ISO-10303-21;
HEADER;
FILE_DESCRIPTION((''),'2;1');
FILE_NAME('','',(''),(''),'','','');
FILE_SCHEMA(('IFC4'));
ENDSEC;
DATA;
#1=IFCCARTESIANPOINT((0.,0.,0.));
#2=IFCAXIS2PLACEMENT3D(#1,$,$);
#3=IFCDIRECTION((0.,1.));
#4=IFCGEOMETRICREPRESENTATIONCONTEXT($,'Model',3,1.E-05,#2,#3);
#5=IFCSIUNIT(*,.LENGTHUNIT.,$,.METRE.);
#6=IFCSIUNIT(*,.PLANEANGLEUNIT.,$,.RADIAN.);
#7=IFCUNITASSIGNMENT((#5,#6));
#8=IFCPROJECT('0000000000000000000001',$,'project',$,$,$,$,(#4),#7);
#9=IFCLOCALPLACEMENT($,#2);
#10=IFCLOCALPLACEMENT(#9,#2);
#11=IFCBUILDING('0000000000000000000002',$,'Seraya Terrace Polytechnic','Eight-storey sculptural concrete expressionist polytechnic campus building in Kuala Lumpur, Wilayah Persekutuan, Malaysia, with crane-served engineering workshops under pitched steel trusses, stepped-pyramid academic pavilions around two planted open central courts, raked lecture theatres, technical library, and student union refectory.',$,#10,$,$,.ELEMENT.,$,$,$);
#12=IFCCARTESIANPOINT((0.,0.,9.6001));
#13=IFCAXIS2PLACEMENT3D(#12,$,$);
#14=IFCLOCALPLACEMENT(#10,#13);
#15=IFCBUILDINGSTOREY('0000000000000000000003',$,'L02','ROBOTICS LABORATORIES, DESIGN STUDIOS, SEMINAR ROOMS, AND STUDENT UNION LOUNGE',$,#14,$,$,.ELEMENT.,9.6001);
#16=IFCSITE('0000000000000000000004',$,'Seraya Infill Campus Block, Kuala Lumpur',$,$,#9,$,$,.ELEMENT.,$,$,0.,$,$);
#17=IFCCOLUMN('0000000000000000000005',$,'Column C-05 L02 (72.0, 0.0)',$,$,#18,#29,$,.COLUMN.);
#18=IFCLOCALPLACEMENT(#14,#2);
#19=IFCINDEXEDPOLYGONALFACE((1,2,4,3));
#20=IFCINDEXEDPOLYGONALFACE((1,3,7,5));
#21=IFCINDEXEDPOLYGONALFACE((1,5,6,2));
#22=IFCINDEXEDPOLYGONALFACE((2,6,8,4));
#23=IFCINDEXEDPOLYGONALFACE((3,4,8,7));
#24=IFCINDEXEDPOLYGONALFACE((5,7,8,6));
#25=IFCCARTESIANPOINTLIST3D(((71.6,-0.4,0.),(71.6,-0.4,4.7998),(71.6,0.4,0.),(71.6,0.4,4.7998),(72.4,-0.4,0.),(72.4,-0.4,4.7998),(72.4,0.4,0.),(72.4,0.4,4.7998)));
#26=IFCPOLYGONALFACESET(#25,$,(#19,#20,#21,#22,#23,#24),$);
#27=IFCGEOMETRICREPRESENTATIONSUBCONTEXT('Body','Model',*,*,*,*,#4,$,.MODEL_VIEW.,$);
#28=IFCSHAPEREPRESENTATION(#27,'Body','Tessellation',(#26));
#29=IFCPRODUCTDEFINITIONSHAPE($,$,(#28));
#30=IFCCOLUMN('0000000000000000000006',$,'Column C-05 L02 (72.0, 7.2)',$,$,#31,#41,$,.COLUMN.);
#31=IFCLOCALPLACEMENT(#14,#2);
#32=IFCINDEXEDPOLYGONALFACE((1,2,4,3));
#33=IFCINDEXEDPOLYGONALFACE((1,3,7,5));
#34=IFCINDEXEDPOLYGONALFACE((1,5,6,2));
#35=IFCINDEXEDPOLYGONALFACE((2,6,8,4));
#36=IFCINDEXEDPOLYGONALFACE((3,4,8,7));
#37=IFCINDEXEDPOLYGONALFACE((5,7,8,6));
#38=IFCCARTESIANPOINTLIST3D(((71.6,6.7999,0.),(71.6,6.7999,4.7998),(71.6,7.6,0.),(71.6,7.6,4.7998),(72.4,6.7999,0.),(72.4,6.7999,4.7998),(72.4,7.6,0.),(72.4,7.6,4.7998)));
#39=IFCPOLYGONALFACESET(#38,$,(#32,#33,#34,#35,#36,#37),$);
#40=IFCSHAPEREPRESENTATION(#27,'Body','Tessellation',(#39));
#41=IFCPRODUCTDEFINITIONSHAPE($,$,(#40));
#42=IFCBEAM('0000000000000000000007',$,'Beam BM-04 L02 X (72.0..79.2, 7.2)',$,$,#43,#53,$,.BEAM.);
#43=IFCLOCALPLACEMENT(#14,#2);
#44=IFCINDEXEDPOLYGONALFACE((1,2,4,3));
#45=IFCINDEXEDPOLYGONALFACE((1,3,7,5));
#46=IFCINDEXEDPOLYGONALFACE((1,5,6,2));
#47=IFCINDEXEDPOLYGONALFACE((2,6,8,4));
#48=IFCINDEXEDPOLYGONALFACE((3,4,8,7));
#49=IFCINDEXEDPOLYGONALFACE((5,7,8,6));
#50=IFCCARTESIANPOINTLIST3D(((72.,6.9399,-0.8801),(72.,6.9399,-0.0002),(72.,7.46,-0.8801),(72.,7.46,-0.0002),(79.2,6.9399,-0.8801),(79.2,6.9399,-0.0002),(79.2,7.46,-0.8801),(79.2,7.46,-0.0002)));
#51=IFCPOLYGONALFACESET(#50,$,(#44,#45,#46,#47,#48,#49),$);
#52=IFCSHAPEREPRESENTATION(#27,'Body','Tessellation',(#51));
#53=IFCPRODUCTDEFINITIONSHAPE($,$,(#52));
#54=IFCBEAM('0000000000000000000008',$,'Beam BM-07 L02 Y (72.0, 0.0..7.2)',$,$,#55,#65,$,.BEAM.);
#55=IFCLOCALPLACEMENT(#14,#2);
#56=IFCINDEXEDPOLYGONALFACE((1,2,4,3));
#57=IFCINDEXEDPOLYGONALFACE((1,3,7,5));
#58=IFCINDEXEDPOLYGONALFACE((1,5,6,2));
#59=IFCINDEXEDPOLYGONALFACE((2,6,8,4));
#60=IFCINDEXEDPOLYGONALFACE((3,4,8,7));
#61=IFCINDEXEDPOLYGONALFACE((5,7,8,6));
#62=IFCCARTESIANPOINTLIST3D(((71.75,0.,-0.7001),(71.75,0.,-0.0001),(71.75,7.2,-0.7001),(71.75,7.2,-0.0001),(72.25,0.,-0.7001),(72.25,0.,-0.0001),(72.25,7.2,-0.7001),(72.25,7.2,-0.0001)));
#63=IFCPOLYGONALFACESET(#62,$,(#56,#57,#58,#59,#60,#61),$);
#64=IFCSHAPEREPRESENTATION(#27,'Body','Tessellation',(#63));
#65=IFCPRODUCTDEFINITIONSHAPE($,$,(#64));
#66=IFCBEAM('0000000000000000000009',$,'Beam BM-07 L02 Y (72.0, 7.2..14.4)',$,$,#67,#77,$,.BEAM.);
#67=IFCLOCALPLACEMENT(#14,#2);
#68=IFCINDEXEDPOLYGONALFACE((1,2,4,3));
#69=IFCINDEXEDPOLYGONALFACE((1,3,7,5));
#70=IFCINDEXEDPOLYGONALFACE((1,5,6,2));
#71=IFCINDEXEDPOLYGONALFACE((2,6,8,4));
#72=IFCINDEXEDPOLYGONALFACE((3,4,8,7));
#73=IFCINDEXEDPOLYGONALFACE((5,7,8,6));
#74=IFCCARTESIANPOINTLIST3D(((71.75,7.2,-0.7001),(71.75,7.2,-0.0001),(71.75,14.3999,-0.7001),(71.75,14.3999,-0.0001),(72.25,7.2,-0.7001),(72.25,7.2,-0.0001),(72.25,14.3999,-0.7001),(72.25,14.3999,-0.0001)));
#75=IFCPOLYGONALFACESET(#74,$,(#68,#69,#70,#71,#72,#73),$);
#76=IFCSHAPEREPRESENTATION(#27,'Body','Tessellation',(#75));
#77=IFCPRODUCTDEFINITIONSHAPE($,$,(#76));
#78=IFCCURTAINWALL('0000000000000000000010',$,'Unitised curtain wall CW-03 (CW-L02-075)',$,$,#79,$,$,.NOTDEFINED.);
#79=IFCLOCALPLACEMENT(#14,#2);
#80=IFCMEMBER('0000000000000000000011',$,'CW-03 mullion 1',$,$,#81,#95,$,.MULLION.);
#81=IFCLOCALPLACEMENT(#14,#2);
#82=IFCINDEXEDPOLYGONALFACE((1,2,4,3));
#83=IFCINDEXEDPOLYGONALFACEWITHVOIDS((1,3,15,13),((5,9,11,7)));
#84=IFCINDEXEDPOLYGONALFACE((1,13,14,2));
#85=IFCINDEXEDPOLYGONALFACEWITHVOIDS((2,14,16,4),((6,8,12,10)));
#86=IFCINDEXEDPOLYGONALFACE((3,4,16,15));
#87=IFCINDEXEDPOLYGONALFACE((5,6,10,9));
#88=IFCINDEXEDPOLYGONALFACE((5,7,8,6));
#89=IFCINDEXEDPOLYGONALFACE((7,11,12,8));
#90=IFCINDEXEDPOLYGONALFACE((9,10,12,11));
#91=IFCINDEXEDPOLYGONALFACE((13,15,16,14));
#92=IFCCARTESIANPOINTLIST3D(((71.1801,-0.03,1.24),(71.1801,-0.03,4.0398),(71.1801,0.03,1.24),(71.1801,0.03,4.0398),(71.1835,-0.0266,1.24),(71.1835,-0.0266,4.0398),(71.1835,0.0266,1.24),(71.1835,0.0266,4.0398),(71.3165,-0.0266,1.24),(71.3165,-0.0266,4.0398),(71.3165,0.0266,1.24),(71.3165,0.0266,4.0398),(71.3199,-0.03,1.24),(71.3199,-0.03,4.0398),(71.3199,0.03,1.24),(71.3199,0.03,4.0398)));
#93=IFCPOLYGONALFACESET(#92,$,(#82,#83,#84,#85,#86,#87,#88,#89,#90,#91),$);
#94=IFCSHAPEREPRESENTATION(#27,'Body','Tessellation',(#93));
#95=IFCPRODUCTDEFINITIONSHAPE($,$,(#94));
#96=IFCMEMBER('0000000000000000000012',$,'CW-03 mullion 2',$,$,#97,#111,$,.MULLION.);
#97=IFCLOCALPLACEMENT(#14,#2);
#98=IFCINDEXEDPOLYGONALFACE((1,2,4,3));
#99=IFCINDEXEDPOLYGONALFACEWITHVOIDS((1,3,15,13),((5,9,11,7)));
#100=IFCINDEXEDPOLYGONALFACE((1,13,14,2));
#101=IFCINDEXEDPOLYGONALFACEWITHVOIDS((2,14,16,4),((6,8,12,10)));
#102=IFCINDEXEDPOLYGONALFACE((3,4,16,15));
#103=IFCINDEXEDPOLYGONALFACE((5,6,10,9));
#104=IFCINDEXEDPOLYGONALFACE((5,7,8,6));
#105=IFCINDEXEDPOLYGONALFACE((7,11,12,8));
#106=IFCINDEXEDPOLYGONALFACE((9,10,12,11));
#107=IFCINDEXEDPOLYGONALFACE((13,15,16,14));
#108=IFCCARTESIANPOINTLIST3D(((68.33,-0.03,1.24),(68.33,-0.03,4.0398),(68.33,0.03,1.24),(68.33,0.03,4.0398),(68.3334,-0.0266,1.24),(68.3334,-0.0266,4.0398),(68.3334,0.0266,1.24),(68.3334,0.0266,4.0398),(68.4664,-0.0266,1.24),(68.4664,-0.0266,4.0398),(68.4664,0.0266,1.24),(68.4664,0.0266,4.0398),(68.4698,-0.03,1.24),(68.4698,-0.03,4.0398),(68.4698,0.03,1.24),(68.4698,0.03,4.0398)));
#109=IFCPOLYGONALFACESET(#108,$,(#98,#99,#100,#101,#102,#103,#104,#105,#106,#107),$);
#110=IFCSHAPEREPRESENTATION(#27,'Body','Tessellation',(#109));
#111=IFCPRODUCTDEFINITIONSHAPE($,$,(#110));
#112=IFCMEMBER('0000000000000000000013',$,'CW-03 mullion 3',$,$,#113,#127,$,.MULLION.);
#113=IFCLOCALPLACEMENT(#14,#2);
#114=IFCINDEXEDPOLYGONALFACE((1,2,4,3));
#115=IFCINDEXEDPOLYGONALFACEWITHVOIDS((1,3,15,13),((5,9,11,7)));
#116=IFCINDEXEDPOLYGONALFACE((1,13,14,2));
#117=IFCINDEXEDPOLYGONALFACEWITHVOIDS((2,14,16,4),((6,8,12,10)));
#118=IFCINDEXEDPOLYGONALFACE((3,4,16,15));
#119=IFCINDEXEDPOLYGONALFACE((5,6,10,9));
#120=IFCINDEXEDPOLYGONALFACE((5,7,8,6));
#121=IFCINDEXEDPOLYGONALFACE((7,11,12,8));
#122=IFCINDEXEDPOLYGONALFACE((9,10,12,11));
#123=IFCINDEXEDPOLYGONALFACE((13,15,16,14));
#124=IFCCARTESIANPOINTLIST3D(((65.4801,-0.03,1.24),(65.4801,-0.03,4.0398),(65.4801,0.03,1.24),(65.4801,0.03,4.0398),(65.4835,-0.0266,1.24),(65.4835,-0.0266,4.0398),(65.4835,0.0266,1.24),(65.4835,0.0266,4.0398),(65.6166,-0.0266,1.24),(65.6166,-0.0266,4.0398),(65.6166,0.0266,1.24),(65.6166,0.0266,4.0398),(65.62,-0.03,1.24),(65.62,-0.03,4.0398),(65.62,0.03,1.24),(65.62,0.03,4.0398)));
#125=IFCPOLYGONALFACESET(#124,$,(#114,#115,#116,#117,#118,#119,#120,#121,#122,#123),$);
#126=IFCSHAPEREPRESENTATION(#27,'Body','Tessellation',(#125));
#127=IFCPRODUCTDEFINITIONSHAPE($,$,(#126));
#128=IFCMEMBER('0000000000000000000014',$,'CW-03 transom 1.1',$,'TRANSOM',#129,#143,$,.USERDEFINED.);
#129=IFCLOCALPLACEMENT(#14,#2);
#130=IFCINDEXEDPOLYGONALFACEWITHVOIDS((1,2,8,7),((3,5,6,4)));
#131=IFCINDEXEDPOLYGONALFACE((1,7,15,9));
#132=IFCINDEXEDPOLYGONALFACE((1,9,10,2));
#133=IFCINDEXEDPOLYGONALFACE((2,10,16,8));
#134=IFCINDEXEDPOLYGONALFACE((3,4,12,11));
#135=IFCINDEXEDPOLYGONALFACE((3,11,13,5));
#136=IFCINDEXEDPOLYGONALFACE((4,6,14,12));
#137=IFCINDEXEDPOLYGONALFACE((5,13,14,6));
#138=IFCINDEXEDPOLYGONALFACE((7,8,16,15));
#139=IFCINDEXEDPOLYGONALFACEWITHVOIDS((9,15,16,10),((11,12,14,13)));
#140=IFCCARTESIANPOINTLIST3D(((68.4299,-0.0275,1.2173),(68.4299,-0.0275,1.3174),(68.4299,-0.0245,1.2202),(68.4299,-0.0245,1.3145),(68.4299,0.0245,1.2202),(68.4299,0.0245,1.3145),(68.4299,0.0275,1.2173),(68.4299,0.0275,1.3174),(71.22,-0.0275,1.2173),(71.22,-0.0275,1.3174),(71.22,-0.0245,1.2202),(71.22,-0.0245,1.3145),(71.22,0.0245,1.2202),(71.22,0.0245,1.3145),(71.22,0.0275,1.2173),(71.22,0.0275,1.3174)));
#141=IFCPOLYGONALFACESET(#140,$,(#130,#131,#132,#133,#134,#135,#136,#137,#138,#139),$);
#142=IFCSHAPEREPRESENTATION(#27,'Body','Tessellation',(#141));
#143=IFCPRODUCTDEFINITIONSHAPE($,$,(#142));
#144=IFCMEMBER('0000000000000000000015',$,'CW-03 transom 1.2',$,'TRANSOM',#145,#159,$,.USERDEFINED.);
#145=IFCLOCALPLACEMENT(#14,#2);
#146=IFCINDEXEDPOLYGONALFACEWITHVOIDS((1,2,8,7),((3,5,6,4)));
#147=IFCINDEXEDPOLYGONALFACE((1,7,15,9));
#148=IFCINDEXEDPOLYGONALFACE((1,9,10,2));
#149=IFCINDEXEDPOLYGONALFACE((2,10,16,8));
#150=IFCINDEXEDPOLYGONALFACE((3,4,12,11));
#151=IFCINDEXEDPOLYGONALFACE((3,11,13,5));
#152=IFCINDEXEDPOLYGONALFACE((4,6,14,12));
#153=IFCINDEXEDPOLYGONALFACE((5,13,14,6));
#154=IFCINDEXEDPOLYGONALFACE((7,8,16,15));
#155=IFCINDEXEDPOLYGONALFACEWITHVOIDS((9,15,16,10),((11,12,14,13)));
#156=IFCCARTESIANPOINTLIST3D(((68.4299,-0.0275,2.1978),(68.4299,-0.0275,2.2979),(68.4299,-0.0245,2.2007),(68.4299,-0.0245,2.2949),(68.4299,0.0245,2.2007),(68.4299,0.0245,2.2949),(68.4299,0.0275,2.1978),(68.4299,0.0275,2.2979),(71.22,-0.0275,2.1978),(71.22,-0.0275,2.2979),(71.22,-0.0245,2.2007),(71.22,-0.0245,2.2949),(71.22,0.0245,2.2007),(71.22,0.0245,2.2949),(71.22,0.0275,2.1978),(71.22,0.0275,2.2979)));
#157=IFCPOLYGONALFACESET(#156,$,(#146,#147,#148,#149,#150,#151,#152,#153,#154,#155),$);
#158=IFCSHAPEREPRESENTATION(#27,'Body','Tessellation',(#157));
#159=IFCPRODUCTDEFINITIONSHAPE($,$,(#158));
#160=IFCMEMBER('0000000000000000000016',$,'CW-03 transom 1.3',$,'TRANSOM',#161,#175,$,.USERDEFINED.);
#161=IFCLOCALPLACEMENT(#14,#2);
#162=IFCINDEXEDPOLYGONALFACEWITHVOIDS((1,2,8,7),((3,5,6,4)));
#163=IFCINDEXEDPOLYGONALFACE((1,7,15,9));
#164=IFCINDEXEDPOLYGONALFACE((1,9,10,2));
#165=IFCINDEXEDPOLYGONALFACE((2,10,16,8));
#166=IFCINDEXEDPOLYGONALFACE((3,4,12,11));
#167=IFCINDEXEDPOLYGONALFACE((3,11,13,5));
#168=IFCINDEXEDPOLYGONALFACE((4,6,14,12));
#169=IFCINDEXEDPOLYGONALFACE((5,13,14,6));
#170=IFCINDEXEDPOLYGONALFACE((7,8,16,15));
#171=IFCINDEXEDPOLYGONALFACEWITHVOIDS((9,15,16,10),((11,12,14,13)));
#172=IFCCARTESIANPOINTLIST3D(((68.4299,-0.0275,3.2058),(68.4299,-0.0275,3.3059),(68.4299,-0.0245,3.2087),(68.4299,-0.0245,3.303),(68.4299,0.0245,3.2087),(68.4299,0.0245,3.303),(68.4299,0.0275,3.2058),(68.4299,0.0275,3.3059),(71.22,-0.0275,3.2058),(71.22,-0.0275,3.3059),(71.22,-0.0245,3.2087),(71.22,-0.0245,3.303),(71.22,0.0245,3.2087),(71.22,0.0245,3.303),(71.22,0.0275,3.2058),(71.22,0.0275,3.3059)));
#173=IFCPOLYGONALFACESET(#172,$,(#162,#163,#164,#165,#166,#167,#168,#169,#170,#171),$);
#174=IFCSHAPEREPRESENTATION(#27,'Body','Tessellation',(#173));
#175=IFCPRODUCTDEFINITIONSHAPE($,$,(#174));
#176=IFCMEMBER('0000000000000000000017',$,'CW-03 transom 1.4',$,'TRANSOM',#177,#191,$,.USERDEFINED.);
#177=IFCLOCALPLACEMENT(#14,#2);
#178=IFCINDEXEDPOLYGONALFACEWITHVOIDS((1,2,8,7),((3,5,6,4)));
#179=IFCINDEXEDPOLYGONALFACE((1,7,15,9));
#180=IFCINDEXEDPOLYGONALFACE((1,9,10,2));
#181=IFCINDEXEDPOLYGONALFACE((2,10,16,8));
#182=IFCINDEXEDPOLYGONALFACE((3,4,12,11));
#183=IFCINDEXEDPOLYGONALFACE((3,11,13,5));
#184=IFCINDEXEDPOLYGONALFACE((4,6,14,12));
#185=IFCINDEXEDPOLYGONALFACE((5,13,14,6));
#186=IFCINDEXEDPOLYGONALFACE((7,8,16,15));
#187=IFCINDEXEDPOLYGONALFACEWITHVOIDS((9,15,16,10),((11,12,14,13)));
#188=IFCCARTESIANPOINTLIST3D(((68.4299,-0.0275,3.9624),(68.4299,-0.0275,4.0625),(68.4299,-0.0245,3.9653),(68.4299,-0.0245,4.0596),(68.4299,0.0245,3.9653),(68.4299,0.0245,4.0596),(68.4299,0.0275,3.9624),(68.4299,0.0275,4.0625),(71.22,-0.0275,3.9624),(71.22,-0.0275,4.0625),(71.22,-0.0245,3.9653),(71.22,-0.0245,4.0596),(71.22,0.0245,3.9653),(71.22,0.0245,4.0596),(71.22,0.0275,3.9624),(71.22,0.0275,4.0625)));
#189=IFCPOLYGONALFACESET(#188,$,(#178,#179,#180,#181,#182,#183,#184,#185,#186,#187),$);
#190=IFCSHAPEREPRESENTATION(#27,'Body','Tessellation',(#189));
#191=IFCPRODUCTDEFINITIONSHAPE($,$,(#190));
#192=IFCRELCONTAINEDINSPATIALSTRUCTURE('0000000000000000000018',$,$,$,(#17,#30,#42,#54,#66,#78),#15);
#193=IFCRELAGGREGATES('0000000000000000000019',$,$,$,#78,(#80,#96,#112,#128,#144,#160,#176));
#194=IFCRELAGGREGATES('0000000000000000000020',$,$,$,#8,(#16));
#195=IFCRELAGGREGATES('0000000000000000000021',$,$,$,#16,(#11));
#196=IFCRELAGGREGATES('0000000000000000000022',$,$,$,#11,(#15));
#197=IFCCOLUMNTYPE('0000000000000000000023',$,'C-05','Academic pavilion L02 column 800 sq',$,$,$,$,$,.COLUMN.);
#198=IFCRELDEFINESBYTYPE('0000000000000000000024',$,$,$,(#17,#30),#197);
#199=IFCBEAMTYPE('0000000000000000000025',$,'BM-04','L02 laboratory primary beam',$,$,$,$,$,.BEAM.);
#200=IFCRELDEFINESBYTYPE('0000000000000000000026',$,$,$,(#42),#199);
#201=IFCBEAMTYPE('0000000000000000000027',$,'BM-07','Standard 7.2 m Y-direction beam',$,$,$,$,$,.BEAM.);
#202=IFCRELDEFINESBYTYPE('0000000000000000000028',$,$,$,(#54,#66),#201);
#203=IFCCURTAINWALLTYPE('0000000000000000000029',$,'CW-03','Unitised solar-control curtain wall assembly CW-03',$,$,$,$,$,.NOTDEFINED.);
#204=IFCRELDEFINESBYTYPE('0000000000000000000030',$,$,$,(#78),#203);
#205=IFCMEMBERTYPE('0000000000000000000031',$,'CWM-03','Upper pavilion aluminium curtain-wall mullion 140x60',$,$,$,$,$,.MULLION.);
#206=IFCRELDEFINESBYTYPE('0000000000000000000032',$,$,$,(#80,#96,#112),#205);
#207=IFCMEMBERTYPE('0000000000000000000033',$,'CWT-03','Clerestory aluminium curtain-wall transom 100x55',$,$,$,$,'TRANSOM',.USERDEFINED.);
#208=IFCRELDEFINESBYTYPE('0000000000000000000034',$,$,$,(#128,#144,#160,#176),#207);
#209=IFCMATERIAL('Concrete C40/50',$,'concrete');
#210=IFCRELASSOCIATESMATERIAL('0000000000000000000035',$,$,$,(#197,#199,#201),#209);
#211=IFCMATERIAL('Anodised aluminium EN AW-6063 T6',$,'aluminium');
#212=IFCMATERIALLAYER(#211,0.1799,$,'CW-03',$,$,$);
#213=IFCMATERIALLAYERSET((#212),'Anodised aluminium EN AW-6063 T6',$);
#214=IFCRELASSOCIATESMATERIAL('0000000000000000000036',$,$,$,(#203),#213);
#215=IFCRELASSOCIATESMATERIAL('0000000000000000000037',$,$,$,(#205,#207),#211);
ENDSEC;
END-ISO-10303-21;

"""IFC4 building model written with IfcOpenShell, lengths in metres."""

from ifc_helpers import new_model, si_unit, direction, frame, origin, origin_2d, place, context, subcontext, project, spatial, rectangle, hollow_rectangle, extrude, material, layer, layer_set, material_profile, profile_set, type_object, element, aggregate, save


model = new_model("IFC4")

# Units and contexts
model_context = context("Model", 3, precision=1e-05, world=origin(), true_north=direction((0.0, 1.0)))
body_context = subcontext(model_context, "Body", "Model", "MODEL_VIEW")
ifc_project = project(units=[si_unit("LENGTHUNIT", "METRE"), si_unit("PLANEANGLEUNIT", "RADIAN")], contexts=[model_context])

# Site, building, storey
site_placement = place(None, origin())
site = spatial("IfcSite", under=ifc_project, at=site_placement, Name="Seraya Infill Campus Block, Kuala Lumpur", CompositionType="ELEMENT", RefElevation=0.0)
building_placement = place(site_placement, origin())
building = spatial("IfcBuilding", under=site, at=building_placement, Name="Seraya Terrace Polytechnic", Description="Eight-storey sculptural concrete expressionist polytechnic campus building in Kuala Lumpur, Wilayah Persekutuan, Malaysia, with crane-served engineering workshops under pitched steel trusses, stepped-pyramid academic pavilions around two planted open central courts, raked lecture theatres, technical library, and student union refectory.", CompositionType="ELEMENT")
storey_placement = place(building_placement, frame((0.0, 0.0, 9.6001)))
storey = spatial("IfcBuildingStorey", under=building, at=storey_placement, Name="L02", Description="ROBOTICS LABORATORIES, DESIGN STUDIOS, SEMINAR ROOMS, AND STUDENT UNION LOUNGE", CompositionType="ELEMENT", Elevation=9.6001)

# Columns
ifc_material_1 = material(Name="Concrete C40/50", Category="concrete")
ifc_material_profile_1 = material_profile(ifc_material_1, rectangle(XDim=0.8, YDim=0.8, at=origin_2d()), Name="RC 800x800")
ifc_profile_set_1 = profile_set([ifc_material_profile_1], Name="Concrete C40/50")
column_type = type_object("IfcColumnType", Name="C-05", Description="Academic pavilion L02 column 800 sq", PredefinedType="COLUMN", material=ifc_profile_set_1)
for number, where, z_axis, x_axis, name in (
    (1, (72.0, 0.0, 0.0), (0.0, 0.0, 1.0), (1.0, 0.0, 0.0), "Column C-05 L02 (72.0, 0.0)"),
    (2, (72.0, 7.2, 0.0), (0.0, 0.0, 1.0), (1.0, 0.0, 0.0), "Column C-05 L02 (72.0, 7.2)"),
):
    element("IfcColumn", number, at=place(storey_placement, frame(where, z_axis=z_axis, x_axis=x_axis)), inside=storey, type_object=column_type, Name=name, PredefinedType="COLUMN", context=body_context, shape_type="SweptSolid", body=[
        extrude(rectangle(XDim=0.8, YDim=0.8, at=origin_2d()), origin(), (0.0, 0.0, 1.0), 4.7998),
    ])

# Beams
ifc_material_profile_2 = material_profile(ifc_material_1, rectangle(XDim=0.52, YDim=0.8799, at=origin_2d()), Name="RC 520x880")
ifc_profile_set_2 = profile_set([ifc_material_profile_2], Name="Concrete C40/50")
beam_type_1 = type_object("IfcBeamType", Name="BM-04", Description="L02 laboratory primary beam", PredefinedType="BEAM", material=ifc_profile_set_2)
beam_1_placement = place(storey_placement, frame((72.0, 7.2, -0.4402), z_axis=(1.0, 0.0, 0.0), x_axis=(0.0, 1.0, 0.0)))
element("IfcBeam", 3, at=beam_1_placement, inside=storey, type_object=beam_type_1, Name="Beam BM-04 L02 X (72.0..79.2, 7.2)", PredefinedType="BEAM", context=body_context, shape_type="SweptSolid", body=[
    extrude(rectangle(XDim=0.52, YDim=0.8799, at=origin_2d()), origin(), (0.0, 0.0, 1.0), 7.2),
])
ifc_material_profile_3 = material_profile(ifc_material_1, rectangle(XDim=0.5, YDim=0.7, at=origin_2d()), Name="RC 500x700")
ifc_profile_set_3 = profile_set([ifc_material_profile_3], Name="Concrete C40/50")
beam_type_2 = type_object("IfcBeamType", Name="BM-07", Description="Standard 7.2 m Y-direction beam", PredefinedType="BEAM", material=ifc_profile_set_3)
for number, where, z_axis, x_axis, name in (
    (4, (72.0, 0.0, -0.3501), (0.0, 1.0, 0.0), (-1.0, 0.0, 0.0), "Beam BM-07 L02 Y (72.0, 0.0..7.2)"),
    (5, (72.0, 7.2, -0.3501), (0.0, 1.0, 0.0), (-1.0, 0.0, 0.0), "Beam BM-07 L02 Y (72.0, 7.2..14.4)"),
):
    element("IfcBeam", number, at=place(storey_placement, frame(where, z_axis=z_axis, x_axis=x_axis)), inside=storey, type_object=beam_type_2, Name=name, PredefinedType="BEAM", context=body_context, shape_type="SweptSolid", body=[
        extrude(rectangle(XDim=0.5, YDim=0.7, at=origin_2d()), origin(), (0.0, 0.0, 1.0), 7.2),
    ])

# Curtain wall, members
ifc_material_2 = material(Name="Anodised aluminium EN AW-6063 T6", Category="aluminium")
ifc_layer_1 = layer(ifc_material_2, 0.1799, Name="CW-03")
ifc_layer_set_1 = layer_set([ifc_layer_1], Name="Anodised aluminium EN AW-6063 T6")
curtain_wall_type = type_object("IfcCurtainWallType", Name="CW-03", Description="Unitised solar-control curtain wall assembly CW-03", PredefinedType="NOTDEFINED", material=ifc_layer_set_1)
curtain_wall_placement = place(storey_placement, origin())
curtain_wall = element("IfcCurtainWall", 6, at=curtain_wall_placement, inside=storey, type_object=curtain_wall_type, Name="Unitised curtain wall CW-03 (CW-L02-075)", PredefinedType="NOTDEFINED")
ifc_material_profile_4 = material_profile(ifc_material_2, hollow_rectangle(XDim=0.0601, YDim=0.1399, WallThickness=0.0034, at=origin_2d()), Name="RHS 140x60x3.5")
ifc_profile_set_4 = profile_set([ifc_material_profile_4], Name="Anodised aluminium EN AW-6063 T6")
member_type_1 = type_object("IfcMemberType", Name="CWM-03", Description="Upper pavilion aluminium curtain-wall mullion 140x60", PredefinedType="MULLION", material=ifc_profile_set_4)
member_1_placement = place(storey_placement, frame((71.25, 0.0, 1.24), z_axis=(0.0, 0.0, 1.0), x_axis=(0.0, -1.0, 0.0)))
member_1 = element("IfcMember", 7, at=member_1_placement, type_object=member_type_1, Name="CW-03 mullion 1", PredefinedType="MULLION", context=body_context, shape_type="SweptSolid", body=[
    extrude(hollow_rectangle(XDim=0.0601, YDim=0.1399, WallThickness=0.0034, at=origin_2d()), origin(), (0.0, 0.0, 1.0), 2.7998),
])
member_2_placement = place(storey_placement, frame((68.3999, 0.0, 1.24), z_axis=(0.0, 0.0, 1.0), x_axis=(0.0, -1.0, 0.0)))
member_2 = element("IfcMember", 8, at=member_2_placement, type_object=member_type_1, Name="CW-03 mullion 2", PredefinedType="MULLION", context=body_context, shape_type="SweptSolid", body=[
    extrude(hollow_rectangle(XDim=0.0601, YDim=0.1399, WallThickness=0.0034, at=origin_2d()), origin(), (0.0, 0.0, 1.0), 2.7998),
])
member_3_placement = place(storey_placement, frame((65.55, 0.0, 1.24), z_axis=(0.0, 0.0, 1.0), x_axis=(0.0, -1.0, 0.0)))
member_3 = element("IfcMember", 9, at=member_3_placement, type_object=member_type_1, Name="CW-03 mullion 3", PredefinedType="MULLION", context=body_context, shape_type="SweptSolid", body=[
    extrude(hollow_rectangle(XDim=0.0601, YDim=0.1399, WallThickness=0.0034, at=origin_2d()), origin(), (0.0, 0.0, 1.0), 2.7998),
])
ifc_material_profile_5 = material_profile(ifc_material_2, hollow_rectangle(XDim=0.0549, YDim=0.1001, WallThickness=0.0029, at=origin_2d()), Name="RHS 100x55x3.0")
ifc_profile_set_5 = profile_set([ifc_material_profile_5], Name="Anodised aluminium EN AW-6063 T6")
member_type_2 = type_object("IfcMemberType", Name="CWT-03", Description="Clerestory aluminium curtain-wall transom 100x55", ElementType="TRANSOM", PredefinedType="USERDEFINED", material=ifc_profile_set_5)
member_4_placement = place(storey_placement, frame((71.22, 0.0, 1.2673), z_axis=(-1.0, 0.0, 0.0), x_axis=(0.0, -1.0, 0.0)))
member_4 = element("IfcMember", 10, at=member_4_placement, type_object=member_type_2, Name="CW-03 transom 1.1", ObjectType="TRANSOM", PredefinedType="USERDEFINED", context=body_context, shape_type="SweptSolid", body=[
    extrude(hollow_rectangle(XDim=0.0549, YDim=0.1001, WallThickness=0.0029, at=origin_2d()), origin(), (0.0, 0.0, 1.0), 2.79),
])
member_5_placement = place(storey_placement, frame((71.22, 0.0, 2.2478), z_axis=(-1.0, 0.0, 0.0), x_axis=(0.0, -1.0, 0.0)))
member_5 = element("IfcMember", 11, at=member_5_placement, type_object=member_type_2, Name="CW-03 transom 1.2", ObjectType="TRANSOM", PredefinedType="USERDEFINED", context=body_context, shape_type="SweptSolid", body=[
    extrude(hollow_rectangle(XDim=0.0549, YDim=0.1001, WallThickness=0.0029, at=origin_2d()), origin(), (0.0, 0.0, 1.0), 2.79),
])
member_6_placement = place(storey_placement, frame((71.22, 0.0, 3.2559), z_axis=(-1.0, 0.0, 0.0), x_axis=(0.0, -1.0, 0.0)))
member_6 = element("IfcMember", 12, at=member_6_placement, type_object=member_type_2, Name="CW-03 transom 1.3", ObjectType="TRANSOM", PredefinedType="USERDEFINED", context=body_context, shape_type="SweptSolid", body=[
    extrude(hollow_rectangle(XDim=0.0549, YDim=0.1001, WallThickness=0.0029, at=origin_2d()), origin(), (0.0, 0.0, 1.0), 2.79),
])
member_7_placement = place(storey_placement, frame((71.22, 0.0, 4.0125), z_axis=(-1.0, 0.0, 0.0), x_axis=(0.0, -1.0, 0.0)))
member_7 = element("IfcMember", 13, at=member_7_placement, type_object=member_type_2, Name="CW-03 transom 1.4", ObjectType="TRANSOM", PredefinedType="USERDEFINED", context=body_context, shape_type="SweptSolid", body=[
    extrude(hollow_rectangle(XDim=0.0549, YDim=0.1001, WallThickness=0.0029, at=origin_2d()), origin(), (0.0, 0.0, 1.0), 2.79),
])

aggregate(curtain_wall, [member_1, member_2, member_3, member_4, member_5, member_6, member_7])

save(model, "model.ifc")
